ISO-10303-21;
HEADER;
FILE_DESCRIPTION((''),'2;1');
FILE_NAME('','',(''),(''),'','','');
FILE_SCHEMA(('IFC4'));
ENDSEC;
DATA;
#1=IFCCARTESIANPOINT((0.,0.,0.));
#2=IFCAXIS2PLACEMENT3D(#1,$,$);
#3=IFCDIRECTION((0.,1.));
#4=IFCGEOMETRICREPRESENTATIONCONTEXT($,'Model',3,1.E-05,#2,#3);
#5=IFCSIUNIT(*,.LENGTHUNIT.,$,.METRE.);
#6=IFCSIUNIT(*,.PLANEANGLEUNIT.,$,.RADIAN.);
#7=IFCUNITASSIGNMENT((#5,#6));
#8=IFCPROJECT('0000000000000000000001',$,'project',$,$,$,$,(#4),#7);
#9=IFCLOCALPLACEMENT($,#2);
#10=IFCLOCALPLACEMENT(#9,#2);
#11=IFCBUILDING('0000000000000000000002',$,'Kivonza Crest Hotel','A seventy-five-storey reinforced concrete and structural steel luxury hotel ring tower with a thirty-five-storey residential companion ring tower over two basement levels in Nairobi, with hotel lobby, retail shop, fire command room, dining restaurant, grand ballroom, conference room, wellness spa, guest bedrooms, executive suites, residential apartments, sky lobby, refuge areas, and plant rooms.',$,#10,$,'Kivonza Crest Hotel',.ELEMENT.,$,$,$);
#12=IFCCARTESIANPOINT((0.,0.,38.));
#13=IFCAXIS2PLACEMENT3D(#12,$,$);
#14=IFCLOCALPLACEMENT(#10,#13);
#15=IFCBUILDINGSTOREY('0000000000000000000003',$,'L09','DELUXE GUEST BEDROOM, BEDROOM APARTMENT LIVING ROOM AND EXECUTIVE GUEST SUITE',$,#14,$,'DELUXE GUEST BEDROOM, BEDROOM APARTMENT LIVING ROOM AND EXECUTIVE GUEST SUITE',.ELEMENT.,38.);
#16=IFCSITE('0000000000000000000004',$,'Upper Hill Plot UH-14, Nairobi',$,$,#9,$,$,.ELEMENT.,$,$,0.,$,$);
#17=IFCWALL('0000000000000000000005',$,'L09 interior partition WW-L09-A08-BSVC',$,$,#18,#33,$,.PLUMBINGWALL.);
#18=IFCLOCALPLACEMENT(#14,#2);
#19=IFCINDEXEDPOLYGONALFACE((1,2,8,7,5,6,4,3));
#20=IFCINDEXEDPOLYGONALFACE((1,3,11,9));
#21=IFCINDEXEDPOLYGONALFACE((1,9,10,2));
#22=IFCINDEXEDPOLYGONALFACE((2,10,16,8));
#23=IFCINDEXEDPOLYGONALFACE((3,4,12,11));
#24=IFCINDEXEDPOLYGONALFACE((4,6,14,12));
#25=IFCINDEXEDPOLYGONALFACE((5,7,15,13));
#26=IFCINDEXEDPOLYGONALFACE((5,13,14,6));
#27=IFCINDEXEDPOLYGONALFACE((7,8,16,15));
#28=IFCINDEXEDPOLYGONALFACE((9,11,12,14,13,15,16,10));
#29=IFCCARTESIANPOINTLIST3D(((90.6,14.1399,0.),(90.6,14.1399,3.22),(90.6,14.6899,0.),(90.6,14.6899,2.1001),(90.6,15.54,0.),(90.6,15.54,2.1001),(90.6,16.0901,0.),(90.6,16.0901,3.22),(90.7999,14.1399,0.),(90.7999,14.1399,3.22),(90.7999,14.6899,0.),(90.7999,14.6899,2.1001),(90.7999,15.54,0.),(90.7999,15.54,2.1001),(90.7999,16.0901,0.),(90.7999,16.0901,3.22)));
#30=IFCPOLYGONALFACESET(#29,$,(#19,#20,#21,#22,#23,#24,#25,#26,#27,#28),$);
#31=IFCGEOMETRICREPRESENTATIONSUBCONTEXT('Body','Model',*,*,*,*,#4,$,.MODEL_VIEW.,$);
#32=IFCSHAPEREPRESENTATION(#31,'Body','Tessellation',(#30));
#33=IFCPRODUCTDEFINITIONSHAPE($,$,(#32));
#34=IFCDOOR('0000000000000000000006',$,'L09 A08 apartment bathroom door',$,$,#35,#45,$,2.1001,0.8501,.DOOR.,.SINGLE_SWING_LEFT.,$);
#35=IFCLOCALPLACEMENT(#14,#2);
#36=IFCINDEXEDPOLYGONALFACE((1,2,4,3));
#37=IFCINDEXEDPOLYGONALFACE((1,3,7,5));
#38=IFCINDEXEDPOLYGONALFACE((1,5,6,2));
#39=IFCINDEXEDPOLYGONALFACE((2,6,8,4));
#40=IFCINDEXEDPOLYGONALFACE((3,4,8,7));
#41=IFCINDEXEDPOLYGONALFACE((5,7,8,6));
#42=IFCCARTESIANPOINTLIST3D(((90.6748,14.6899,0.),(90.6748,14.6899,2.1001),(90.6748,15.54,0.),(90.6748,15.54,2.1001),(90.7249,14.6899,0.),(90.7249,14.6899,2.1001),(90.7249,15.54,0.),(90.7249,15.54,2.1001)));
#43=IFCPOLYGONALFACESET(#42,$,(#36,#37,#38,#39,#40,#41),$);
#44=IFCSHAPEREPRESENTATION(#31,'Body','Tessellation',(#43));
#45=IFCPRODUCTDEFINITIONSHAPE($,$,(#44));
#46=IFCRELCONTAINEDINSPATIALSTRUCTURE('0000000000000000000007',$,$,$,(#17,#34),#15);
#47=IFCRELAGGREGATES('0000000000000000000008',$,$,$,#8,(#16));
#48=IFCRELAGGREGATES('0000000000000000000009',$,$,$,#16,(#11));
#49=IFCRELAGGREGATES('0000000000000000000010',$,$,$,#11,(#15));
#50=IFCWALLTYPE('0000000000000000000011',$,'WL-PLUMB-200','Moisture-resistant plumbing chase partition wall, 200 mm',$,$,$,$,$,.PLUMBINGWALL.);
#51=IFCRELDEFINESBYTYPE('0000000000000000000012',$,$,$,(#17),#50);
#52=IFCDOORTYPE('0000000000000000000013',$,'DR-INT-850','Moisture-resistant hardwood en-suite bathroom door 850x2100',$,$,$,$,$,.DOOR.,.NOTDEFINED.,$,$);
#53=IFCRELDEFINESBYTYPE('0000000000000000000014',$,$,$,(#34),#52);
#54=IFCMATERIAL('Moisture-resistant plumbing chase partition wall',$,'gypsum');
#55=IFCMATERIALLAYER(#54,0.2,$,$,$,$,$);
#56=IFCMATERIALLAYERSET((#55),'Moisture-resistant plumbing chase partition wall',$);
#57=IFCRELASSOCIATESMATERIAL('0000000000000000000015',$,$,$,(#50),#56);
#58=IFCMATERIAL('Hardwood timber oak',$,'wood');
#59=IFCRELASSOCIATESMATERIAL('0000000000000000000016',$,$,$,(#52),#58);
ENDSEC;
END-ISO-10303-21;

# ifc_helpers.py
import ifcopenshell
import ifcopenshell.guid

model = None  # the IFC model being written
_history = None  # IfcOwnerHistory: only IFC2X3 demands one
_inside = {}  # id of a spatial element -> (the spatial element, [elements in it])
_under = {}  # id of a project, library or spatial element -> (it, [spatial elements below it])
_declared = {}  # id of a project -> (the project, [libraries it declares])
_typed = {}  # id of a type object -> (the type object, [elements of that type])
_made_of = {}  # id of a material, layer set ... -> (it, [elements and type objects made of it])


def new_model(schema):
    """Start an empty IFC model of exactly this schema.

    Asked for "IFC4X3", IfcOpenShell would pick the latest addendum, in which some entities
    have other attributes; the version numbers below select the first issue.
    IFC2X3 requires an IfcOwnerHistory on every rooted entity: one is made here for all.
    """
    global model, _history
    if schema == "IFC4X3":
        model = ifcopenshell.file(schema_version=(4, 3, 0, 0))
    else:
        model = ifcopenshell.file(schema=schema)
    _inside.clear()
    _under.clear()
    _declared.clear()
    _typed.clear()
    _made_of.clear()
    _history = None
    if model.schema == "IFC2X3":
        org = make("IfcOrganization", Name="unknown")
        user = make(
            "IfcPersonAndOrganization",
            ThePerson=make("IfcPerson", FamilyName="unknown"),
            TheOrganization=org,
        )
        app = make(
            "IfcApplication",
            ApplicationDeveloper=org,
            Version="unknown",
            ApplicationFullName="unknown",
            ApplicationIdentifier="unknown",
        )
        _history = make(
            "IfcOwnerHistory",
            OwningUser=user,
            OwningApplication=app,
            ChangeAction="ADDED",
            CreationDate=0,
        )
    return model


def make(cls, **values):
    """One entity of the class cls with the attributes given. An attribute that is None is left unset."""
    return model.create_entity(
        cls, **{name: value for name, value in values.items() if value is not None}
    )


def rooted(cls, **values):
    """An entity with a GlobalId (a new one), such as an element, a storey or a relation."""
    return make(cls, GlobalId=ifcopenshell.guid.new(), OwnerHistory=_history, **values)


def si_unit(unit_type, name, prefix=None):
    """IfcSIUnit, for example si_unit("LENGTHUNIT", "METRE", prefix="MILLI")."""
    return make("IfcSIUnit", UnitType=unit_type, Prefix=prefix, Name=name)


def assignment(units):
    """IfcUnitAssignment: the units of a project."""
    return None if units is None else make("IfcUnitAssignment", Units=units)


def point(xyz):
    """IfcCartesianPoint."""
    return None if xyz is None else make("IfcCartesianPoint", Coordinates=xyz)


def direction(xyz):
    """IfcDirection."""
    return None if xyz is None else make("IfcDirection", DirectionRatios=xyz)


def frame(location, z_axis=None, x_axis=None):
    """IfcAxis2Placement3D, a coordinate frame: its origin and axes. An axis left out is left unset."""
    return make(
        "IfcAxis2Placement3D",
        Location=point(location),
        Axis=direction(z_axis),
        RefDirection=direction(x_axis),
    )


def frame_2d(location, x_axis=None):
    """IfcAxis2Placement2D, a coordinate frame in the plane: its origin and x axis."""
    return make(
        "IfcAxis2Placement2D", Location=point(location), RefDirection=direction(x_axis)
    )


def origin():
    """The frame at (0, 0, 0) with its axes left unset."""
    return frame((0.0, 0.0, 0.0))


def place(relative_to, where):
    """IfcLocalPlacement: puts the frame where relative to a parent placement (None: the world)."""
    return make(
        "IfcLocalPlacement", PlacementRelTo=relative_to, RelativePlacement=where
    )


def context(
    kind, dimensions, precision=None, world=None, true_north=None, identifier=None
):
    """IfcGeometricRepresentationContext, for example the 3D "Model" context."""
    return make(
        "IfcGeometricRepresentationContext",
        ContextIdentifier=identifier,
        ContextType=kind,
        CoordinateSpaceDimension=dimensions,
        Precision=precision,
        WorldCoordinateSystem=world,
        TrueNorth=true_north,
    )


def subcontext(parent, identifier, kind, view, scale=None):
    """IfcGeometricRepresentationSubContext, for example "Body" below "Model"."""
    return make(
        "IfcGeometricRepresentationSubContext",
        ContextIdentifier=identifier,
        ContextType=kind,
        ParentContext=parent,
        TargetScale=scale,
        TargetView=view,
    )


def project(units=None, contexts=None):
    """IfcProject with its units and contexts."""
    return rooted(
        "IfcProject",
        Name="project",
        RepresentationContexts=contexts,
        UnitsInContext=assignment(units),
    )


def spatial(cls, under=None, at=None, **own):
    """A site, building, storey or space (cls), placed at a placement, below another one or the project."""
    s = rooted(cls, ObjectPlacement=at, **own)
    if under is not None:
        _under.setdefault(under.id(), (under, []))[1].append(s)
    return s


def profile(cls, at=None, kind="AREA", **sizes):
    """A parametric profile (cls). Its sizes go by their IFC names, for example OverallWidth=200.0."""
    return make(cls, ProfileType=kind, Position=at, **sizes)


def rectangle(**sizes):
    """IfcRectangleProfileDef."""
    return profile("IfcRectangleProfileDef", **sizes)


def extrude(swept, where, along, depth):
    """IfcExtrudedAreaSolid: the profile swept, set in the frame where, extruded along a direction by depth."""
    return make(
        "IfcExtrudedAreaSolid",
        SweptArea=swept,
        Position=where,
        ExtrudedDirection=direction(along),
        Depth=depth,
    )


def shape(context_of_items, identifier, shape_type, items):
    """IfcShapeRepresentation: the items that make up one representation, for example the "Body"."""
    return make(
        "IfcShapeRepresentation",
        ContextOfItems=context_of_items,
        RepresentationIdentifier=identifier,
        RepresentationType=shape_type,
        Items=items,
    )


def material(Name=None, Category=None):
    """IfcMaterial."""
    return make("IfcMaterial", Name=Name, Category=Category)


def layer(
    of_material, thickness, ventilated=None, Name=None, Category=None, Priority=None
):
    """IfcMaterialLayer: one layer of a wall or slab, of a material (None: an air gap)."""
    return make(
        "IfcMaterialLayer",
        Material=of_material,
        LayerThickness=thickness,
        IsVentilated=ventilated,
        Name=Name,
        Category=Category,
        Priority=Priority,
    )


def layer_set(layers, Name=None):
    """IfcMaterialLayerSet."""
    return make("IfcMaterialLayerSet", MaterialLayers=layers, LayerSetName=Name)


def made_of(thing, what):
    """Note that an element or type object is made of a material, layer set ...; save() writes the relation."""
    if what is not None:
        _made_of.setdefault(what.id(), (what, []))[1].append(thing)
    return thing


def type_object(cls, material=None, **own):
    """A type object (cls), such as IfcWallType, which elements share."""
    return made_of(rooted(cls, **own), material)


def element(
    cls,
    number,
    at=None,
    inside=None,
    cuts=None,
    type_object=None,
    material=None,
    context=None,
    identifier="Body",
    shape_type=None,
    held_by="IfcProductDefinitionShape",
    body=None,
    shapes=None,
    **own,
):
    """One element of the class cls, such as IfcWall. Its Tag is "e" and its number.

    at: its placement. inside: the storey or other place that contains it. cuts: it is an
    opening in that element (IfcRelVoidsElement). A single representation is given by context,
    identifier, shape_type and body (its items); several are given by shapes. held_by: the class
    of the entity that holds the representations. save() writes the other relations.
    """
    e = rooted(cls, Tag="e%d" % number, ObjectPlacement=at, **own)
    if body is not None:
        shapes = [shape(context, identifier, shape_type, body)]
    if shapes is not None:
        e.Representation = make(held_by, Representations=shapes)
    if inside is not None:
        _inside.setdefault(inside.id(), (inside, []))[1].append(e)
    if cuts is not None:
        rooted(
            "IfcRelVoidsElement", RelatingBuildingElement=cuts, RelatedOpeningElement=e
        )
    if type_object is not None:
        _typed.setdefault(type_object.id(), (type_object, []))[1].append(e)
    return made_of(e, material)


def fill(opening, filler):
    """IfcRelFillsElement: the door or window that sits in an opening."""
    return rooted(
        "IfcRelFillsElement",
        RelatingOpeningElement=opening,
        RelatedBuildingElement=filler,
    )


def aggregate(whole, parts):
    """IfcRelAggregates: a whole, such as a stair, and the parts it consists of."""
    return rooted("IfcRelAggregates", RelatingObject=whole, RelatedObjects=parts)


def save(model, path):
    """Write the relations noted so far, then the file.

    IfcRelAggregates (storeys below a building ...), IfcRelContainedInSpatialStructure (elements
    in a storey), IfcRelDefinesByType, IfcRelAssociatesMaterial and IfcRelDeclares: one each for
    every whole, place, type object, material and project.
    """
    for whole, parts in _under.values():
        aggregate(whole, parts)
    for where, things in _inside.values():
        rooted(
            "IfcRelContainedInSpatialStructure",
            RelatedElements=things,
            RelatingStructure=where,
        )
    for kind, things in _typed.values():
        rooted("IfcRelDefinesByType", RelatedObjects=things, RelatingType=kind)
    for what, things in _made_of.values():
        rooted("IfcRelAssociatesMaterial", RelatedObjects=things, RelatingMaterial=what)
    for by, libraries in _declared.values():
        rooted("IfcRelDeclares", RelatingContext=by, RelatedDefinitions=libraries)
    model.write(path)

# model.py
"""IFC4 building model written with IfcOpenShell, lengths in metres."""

from ifc_helpers import new_model, si_unit, direction, frame, frame_2d, origin, place, context, subcontext, project, spatial, rectangle, extrude, material, layer, layer_set, type_object, element, fill, save


model = new_model("IFC4")

# Units and contexts
model_context = context("Model", 3, precision=1e-05, world=origin(), true_north=direction((0.0, 1.0)))
body_context = subcontext(model_context, "Body", "Model", "MODEL_VIEW")
ifc_project = project(units=[si_unit("LENGTHUNIT", "METRE"), si_unit("PLANEANGLEUNIT", "RADIAN")], contexts=[model_context])

# Site, building, storey
site_placement = place(None, origin())
site = spatial("IfcSite", under=ifc_project, at=site_placement, Name="Upper Hill Plot UH-14, Nairobi", CompositionType="ELEMENT", RefElevation=0.0)
building_placement = place(site_placement, origin())
building = spatial("IfcBuilding", under=site, at=building_placement, Name="Kivonza Crest Hotel", Description="A seventy-five-storey reinforced concrete and structural steel luxury hotel ring tower with a thirty-five-storey residential companion ring tower over two basement levels in Nairobi, with hotel lobby, retail shop, fire command room, dining restaurant, grand ballroom, conference room, wellness spa, guest bedrooms, executive suites, residential apartments, sky lobby, refuge areas, and plant rooms.", LongName="Kivonza Crest Hotel", CompositionType="ELEMENT")
storey_placement = place(building_placement, frame((0.0, 0.0, 38.0)))
storey = spatial("IfcBuildingStorey", under=building, at=storey_placement, Name="L09", Description="DELUXE GUEST BEDROOM, BEDROOM APARTMENT LIVING ROOM AND EXECUTIVE GUEST SUITE", LongName="DELUXE GUEST BEDROOM, BEDROOM APARTMENT LIVING ROOM AND EXECUTIVE GUEST SUITE", CompositionType="ELEMENT", Elevation=38.0)

# Shared definitions
ifc_material_1 = material(Name="Hardwood timber oak", Category="wood")

# Wall, opening, door
ifc_material_2 = material(Name="Moisture-resistant plumbing chase partition wall", Category="gypsum")
ifc_layer_1 = layer(ifc_material_2, 0.2)
ifc_layer_set_1 = layer_set([ifc_layer_1], Name="Moisture-resistant plumbing chase partition wall")
wall_type_1 = type_object("IfcWallType", Name="WL-PLUMB-200", Description="Moisture-resistant plumbing chase partition wall, 200 mm", PredefinedType="PLUMBINGWALL", material=ifc_layer_set_1)
wall_1_placement = place(storey_placement, frame((90.7, 14.1399, 0.0), z_axis=(0.0, 0.0, 1.0), x_axis=(0.0, 1.0, 0.0)))
wall_1 = element("IfcWall", 1, at=wall_1_placement, inside=storey, type_object=wall_type_1, Name="L09 interior partition WW-L09-A08-BSVC", PredefinedType="PLUMBINGWALL", context=body_context, shape_type="SweptSolid", body=[
    extrude(rectangle(XDim=1.9502, YDim=0.2, at=frame_2d((0.9751, 0.0))), origin(), (0.0, 0.0, 1.0), 3.22),
])
opening_1_placement = place(wall_1_placement, frame((0.55, 0.0, 0.0)))
opening_1 = element("IfcOpeningElement", 2, at=opening_1_placement, cuts=wall_1, PredefinedType="OPENING", context=body_context, shape_type="SweptSolid", body=[
    extrude(rectangle(XDim=0.8501, YDim=2.1001, at=frame_2d((0.425, 1.05))), frame((0.0, 0.1099, 0.0), z_axis=(0.0, -1.0, 0.0), x_axis=(1.0, 0.0, 0.0)), (0.0, 0.0, 1.0), 0.22),
])
door_type_1 = type_object("IfcDoorType", Name="DR-INT-850", Description="Moisture-resistant hardwood en-suite bathroom door 850x2100", OperationType="NOTDEFINED", PredefinedType="DOOR", material=ifc_material_1)
door_1_placement = place(opening_1_placement, frame((0.8501, 0.0, 0.0), z_axis=(0.0, 0.0, 1.0), x_axis=(-1.0, 0.0, 0.0)))
door_1 = element("IfcDoor", 3, at=door_1_placement, inside=storey, type_object=door_type_1, Name="L09 A08 apartment bathroom door", OperationType="SINGLE_SWING_LEFT", OverallHeight=2.1001, OverallWidth=0.8501, PredefinedType="DOOR", context=body_context, shape_type="SweptSolid", body=[
    extrude(rectangle(XDim=0.8501, YDim=2.1001, at=frame_2d((0.425, 1.05))), frame((0.0, 0.0249, 0.0), z_axis=(0.0, -1.0, 0.0), x_axis=(1.0, 0.0, 0.0)), (0.0, 0.0, 1.0), 0.05),
])
fill(opening_1, door_1)

save(model, "model.ifc")
